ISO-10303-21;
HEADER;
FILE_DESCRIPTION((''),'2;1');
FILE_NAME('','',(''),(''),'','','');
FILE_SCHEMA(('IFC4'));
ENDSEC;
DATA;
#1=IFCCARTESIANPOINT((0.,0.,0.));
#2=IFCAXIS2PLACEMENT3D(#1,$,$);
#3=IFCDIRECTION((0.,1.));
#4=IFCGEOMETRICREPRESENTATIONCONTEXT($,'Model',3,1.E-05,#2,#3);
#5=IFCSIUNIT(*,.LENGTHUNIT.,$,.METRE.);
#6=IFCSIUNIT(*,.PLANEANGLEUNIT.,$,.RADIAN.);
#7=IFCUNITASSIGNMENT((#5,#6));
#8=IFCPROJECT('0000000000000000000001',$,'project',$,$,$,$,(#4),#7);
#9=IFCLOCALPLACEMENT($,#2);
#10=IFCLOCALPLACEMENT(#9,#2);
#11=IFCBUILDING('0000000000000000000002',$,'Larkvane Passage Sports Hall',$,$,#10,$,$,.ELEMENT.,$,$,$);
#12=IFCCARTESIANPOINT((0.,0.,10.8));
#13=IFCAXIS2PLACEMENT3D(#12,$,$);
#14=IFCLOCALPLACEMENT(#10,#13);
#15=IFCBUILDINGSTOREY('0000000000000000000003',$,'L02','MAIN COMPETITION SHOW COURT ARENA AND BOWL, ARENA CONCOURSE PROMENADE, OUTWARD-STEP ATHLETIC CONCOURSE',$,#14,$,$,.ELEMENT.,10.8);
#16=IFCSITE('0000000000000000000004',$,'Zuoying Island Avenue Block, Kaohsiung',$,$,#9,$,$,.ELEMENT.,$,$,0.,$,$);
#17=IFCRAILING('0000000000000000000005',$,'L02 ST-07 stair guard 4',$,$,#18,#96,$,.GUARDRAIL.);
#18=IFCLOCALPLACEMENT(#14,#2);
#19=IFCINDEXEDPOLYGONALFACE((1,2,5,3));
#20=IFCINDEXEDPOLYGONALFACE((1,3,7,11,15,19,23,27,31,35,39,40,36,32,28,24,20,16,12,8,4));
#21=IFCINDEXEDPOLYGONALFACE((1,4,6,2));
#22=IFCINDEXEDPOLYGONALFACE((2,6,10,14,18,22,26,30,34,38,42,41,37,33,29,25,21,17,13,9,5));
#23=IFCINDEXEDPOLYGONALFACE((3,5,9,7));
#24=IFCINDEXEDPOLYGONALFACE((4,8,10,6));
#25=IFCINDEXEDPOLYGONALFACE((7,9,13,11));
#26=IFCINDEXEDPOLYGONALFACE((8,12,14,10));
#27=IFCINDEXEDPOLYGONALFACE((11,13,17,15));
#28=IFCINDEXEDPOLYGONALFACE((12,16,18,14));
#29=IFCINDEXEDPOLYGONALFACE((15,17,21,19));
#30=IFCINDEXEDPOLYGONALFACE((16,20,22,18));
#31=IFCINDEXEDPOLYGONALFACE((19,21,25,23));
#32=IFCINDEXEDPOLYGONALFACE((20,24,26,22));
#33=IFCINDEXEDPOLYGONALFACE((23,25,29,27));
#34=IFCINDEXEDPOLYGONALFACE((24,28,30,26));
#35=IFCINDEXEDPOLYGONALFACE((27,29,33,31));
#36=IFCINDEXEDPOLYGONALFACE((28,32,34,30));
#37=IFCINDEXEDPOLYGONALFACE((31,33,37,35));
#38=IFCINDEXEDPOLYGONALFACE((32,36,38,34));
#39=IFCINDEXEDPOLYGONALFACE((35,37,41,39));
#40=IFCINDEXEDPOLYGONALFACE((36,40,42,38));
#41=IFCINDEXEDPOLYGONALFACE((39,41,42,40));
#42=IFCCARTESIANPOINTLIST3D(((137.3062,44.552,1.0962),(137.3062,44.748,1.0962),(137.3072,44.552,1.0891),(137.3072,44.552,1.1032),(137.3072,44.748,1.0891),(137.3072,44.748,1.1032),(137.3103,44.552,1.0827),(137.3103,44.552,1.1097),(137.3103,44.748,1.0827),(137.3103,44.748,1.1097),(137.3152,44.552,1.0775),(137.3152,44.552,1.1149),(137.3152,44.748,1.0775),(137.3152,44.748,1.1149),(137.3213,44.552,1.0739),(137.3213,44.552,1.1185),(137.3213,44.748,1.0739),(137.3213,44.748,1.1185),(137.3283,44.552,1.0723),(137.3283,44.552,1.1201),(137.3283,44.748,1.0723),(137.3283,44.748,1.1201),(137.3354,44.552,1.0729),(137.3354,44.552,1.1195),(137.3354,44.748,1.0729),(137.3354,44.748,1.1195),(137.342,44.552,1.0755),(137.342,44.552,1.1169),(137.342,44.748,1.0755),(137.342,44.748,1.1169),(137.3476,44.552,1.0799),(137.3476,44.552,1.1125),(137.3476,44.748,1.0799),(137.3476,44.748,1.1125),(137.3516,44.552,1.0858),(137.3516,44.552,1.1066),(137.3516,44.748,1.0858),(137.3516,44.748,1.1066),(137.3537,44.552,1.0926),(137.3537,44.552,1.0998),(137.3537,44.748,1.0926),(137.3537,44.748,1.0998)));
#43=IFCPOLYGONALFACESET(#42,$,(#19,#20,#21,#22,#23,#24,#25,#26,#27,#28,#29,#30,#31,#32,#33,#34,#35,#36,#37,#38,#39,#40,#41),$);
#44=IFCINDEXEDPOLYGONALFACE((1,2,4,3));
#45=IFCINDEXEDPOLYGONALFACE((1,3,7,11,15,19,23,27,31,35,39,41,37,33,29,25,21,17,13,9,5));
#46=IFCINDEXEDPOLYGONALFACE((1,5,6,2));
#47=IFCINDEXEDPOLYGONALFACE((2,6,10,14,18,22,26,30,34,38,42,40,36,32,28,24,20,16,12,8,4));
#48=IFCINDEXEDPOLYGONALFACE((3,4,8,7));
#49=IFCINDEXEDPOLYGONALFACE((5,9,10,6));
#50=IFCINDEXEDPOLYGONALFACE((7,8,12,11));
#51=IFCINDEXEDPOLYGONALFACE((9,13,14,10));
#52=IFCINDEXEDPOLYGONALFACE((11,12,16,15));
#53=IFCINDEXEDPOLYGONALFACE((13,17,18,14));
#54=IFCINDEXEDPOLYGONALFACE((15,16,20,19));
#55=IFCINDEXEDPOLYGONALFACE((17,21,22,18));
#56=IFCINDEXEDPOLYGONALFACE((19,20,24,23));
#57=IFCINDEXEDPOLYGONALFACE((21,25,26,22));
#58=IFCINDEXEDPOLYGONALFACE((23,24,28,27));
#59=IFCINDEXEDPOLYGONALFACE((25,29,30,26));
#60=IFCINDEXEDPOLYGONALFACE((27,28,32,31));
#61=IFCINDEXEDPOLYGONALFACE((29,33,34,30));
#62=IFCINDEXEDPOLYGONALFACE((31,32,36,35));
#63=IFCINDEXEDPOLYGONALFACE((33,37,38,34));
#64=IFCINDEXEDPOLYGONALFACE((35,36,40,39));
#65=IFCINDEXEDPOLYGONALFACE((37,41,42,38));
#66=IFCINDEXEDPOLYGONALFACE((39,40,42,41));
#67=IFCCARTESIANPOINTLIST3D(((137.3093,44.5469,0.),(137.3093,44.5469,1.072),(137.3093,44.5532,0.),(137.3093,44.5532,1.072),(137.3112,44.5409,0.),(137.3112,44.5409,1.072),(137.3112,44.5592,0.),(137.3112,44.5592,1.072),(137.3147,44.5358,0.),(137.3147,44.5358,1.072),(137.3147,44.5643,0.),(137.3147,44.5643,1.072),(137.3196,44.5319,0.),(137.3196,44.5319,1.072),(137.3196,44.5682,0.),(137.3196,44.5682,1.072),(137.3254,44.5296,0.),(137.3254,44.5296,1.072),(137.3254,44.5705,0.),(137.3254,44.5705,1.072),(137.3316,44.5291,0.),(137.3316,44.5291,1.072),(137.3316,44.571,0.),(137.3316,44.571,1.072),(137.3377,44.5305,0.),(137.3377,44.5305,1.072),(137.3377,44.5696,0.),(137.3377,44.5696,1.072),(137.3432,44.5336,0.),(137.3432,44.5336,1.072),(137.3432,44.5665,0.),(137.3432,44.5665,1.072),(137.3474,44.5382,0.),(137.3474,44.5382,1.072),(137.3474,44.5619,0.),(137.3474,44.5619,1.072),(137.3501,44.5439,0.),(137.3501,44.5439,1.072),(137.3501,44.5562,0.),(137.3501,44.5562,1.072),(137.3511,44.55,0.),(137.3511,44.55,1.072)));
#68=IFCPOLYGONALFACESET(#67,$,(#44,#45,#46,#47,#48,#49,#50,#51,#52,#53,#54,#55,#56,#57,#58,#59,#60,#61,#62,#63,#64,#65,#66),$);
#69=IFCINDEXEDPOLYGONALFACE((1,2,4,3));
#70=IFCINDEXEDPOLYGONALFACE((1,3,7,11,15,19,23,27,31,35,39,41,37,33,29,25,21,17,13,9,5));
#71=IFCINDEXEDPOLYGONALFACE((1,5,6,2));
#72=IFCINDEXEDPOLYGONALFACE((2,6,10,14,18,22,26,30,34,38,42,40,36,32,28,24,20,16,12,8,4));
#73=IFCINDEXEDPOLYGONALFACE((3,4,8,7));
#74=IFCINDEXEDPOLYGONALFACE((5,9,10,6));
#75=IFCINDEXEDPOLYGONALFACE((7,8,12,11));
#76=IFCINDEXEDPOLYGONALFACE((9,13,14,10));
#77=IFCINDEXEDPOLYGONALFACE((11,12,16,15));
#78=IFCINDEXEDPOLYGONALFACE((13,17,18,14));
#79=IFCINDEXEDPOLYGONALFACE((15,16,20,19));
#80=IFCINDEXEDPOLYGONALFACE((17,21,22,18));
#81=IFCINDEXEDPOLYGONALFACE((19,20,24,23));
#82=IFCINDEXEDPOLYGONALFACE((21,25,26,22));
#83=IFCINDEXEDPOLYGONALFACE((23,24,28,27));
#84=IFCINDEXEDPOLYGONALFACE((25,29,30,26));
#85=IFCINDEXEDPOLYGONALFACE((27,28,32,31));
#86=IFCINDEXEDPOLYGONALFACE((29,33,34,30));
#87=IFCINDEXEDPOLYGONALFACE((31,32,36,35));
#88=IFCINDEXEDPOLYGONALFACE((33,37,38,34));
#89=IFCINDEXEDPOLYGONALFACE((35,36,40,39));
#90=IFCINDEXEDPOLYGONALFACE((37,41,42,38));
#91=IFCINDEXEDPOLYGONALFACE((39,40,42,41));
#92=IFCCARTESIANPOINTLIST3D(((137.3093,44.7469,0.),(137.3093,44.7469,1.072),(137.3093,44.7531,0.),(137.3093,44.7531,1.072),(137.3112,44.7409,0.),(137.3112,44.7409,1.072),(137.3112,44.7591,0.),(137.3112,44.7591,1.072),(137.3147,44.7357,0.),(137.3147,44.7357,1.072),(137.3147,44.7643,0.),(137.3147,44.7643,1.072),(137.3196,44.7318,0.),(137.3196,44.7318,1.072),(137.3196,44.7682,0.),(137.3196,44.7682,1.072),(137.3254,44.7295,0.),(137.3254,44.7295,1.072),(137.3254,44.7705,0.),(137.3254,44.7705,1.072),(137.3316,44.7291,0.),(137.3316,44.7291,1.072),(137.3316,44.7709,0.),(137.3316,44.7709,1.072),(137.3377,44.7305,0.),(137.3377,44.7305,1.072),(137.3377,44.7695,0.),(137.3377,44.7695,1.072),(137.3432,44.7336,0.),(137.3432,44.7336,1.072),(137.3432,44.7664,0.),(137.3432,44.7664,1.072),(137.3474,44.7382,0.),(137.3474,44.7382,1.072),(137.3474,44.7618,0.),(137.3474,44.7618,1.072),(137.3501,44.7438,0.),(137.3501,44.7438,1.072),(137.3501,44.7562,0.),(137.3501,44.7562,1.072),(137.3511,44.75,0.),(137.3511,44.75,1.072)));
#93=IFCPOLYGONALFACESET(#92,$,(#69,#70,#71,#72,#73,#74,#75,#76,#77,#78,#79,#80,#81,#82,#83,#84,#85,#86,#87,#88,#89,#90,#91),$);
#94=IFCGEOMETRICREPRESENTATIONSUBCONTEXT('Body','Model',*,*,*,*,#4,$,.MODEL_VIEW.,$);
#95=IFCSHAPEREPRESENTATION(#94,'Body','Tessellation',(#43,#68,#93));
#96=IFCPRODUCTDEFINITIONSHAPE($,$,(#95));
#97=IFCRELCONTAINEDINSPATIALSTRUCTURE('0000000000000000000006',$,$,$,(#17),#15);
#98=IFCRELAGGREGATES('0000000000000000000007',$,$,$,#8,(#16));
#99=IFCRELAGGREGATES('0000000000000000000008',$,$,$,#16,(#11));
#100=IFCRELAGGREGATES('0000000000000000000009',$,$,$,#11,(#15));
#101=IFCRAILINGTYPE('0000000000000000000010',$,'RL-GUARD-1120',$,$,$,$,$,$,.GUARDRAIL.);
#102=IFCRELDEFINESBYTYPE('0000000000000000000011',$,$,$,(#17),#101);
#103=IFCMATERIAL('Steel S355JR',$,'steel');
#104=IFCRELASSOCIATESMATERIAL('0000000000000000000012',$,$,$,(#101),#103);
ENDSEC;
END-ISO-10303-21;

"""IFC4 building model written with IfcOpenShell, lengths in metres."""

from ifc_helpers import new_model, si_unit, direction, frame, origin, origin_2d, place, context, subcontext, project, spatial, circle, extrude, material, type_object, element, save


model = new_model("IFC4")

# Units and contexts
model_context = context("Model", 3, precision=1e-05, world=origin(), true_north=direction((0.0, 1.0)))
body_context = subcontext(model_context, "Body", "Model", "MODEL_VIEW")
ifc_project = project(units=[si_unit("LENGTHUNIT", "METRE"), si_unit("PLANEANGLEUNIT", "RADIAN")], contexts=[model_context])

# Site, building, storey
site_placement = place(None, origin())
site = spatial("IfcSite", under=ifc_project, at=site_placement, Name="Zuoying Island Avenue Block, Kaohsiung", CompositionType="ELEMENT", RefElevation=0.0)
building_placement = place(site_placement, origin())
building = spatial("IfcBuilding", under=site, at=building_placement, Name="Larkvane Passage Sports Hall", CompositionType="ELEMENT")
storey_placement = place(building_placement, frame((0.0, 0.0, 10.8)))
storey = spatial("IfcBuildingStorey", under=building, at=storey_placement, Name="L02", Description="MAIN COMPETITION SHOW COURT ARENA AND BOWL, ARENA CONCOURSE PROMENADE, OUTWARD-STEP ATHLETIC CONCOURSE", CompositionType="ELEMENT", Elevation=10.8)

# Shared definitions
ifc_material_1 = material(Name="Steel S355JR", Category="steel")

# Railing
railing_type_1 = type_object("IfcRailingType", Name="RL-GUARD-1120", PredefinedType="GUARDRAIL", material=ifc_material_1)
railing_1_placement = place(storey_placement, frame((137.3301, 44.55, 0.0)))
element("IfcRailing", 1, at=railing_1_placement, inside=storey, type_object=railing_type_1, Name="L02 ST-07 stair guard 4", PredefinedType="GUARDRAIL", context=body_context, shape_type="SweptSolid", body=[
    extrude(circle(Radius=0.0239, at=origin_2d()), frame((0.0, 0.002, 1.0962), z_axis=(0.0, 1.0, 0.0), x_axis=(-1.0, 0.0, 0.0)), (0.0, 0.0, 1.0), 0.196),
    extrude(circle(Radius=0.021, at=origin_2d()), origin(), (0.0, 0.0, 1.0), 1.072),
    extrude(circle(Radius=0.021, at=origin_2d()), frame((0.0, 0.2, 0.0)), (0.0, 0.0, 1.0), 1.072),
])

save(model, "model.ifc")
